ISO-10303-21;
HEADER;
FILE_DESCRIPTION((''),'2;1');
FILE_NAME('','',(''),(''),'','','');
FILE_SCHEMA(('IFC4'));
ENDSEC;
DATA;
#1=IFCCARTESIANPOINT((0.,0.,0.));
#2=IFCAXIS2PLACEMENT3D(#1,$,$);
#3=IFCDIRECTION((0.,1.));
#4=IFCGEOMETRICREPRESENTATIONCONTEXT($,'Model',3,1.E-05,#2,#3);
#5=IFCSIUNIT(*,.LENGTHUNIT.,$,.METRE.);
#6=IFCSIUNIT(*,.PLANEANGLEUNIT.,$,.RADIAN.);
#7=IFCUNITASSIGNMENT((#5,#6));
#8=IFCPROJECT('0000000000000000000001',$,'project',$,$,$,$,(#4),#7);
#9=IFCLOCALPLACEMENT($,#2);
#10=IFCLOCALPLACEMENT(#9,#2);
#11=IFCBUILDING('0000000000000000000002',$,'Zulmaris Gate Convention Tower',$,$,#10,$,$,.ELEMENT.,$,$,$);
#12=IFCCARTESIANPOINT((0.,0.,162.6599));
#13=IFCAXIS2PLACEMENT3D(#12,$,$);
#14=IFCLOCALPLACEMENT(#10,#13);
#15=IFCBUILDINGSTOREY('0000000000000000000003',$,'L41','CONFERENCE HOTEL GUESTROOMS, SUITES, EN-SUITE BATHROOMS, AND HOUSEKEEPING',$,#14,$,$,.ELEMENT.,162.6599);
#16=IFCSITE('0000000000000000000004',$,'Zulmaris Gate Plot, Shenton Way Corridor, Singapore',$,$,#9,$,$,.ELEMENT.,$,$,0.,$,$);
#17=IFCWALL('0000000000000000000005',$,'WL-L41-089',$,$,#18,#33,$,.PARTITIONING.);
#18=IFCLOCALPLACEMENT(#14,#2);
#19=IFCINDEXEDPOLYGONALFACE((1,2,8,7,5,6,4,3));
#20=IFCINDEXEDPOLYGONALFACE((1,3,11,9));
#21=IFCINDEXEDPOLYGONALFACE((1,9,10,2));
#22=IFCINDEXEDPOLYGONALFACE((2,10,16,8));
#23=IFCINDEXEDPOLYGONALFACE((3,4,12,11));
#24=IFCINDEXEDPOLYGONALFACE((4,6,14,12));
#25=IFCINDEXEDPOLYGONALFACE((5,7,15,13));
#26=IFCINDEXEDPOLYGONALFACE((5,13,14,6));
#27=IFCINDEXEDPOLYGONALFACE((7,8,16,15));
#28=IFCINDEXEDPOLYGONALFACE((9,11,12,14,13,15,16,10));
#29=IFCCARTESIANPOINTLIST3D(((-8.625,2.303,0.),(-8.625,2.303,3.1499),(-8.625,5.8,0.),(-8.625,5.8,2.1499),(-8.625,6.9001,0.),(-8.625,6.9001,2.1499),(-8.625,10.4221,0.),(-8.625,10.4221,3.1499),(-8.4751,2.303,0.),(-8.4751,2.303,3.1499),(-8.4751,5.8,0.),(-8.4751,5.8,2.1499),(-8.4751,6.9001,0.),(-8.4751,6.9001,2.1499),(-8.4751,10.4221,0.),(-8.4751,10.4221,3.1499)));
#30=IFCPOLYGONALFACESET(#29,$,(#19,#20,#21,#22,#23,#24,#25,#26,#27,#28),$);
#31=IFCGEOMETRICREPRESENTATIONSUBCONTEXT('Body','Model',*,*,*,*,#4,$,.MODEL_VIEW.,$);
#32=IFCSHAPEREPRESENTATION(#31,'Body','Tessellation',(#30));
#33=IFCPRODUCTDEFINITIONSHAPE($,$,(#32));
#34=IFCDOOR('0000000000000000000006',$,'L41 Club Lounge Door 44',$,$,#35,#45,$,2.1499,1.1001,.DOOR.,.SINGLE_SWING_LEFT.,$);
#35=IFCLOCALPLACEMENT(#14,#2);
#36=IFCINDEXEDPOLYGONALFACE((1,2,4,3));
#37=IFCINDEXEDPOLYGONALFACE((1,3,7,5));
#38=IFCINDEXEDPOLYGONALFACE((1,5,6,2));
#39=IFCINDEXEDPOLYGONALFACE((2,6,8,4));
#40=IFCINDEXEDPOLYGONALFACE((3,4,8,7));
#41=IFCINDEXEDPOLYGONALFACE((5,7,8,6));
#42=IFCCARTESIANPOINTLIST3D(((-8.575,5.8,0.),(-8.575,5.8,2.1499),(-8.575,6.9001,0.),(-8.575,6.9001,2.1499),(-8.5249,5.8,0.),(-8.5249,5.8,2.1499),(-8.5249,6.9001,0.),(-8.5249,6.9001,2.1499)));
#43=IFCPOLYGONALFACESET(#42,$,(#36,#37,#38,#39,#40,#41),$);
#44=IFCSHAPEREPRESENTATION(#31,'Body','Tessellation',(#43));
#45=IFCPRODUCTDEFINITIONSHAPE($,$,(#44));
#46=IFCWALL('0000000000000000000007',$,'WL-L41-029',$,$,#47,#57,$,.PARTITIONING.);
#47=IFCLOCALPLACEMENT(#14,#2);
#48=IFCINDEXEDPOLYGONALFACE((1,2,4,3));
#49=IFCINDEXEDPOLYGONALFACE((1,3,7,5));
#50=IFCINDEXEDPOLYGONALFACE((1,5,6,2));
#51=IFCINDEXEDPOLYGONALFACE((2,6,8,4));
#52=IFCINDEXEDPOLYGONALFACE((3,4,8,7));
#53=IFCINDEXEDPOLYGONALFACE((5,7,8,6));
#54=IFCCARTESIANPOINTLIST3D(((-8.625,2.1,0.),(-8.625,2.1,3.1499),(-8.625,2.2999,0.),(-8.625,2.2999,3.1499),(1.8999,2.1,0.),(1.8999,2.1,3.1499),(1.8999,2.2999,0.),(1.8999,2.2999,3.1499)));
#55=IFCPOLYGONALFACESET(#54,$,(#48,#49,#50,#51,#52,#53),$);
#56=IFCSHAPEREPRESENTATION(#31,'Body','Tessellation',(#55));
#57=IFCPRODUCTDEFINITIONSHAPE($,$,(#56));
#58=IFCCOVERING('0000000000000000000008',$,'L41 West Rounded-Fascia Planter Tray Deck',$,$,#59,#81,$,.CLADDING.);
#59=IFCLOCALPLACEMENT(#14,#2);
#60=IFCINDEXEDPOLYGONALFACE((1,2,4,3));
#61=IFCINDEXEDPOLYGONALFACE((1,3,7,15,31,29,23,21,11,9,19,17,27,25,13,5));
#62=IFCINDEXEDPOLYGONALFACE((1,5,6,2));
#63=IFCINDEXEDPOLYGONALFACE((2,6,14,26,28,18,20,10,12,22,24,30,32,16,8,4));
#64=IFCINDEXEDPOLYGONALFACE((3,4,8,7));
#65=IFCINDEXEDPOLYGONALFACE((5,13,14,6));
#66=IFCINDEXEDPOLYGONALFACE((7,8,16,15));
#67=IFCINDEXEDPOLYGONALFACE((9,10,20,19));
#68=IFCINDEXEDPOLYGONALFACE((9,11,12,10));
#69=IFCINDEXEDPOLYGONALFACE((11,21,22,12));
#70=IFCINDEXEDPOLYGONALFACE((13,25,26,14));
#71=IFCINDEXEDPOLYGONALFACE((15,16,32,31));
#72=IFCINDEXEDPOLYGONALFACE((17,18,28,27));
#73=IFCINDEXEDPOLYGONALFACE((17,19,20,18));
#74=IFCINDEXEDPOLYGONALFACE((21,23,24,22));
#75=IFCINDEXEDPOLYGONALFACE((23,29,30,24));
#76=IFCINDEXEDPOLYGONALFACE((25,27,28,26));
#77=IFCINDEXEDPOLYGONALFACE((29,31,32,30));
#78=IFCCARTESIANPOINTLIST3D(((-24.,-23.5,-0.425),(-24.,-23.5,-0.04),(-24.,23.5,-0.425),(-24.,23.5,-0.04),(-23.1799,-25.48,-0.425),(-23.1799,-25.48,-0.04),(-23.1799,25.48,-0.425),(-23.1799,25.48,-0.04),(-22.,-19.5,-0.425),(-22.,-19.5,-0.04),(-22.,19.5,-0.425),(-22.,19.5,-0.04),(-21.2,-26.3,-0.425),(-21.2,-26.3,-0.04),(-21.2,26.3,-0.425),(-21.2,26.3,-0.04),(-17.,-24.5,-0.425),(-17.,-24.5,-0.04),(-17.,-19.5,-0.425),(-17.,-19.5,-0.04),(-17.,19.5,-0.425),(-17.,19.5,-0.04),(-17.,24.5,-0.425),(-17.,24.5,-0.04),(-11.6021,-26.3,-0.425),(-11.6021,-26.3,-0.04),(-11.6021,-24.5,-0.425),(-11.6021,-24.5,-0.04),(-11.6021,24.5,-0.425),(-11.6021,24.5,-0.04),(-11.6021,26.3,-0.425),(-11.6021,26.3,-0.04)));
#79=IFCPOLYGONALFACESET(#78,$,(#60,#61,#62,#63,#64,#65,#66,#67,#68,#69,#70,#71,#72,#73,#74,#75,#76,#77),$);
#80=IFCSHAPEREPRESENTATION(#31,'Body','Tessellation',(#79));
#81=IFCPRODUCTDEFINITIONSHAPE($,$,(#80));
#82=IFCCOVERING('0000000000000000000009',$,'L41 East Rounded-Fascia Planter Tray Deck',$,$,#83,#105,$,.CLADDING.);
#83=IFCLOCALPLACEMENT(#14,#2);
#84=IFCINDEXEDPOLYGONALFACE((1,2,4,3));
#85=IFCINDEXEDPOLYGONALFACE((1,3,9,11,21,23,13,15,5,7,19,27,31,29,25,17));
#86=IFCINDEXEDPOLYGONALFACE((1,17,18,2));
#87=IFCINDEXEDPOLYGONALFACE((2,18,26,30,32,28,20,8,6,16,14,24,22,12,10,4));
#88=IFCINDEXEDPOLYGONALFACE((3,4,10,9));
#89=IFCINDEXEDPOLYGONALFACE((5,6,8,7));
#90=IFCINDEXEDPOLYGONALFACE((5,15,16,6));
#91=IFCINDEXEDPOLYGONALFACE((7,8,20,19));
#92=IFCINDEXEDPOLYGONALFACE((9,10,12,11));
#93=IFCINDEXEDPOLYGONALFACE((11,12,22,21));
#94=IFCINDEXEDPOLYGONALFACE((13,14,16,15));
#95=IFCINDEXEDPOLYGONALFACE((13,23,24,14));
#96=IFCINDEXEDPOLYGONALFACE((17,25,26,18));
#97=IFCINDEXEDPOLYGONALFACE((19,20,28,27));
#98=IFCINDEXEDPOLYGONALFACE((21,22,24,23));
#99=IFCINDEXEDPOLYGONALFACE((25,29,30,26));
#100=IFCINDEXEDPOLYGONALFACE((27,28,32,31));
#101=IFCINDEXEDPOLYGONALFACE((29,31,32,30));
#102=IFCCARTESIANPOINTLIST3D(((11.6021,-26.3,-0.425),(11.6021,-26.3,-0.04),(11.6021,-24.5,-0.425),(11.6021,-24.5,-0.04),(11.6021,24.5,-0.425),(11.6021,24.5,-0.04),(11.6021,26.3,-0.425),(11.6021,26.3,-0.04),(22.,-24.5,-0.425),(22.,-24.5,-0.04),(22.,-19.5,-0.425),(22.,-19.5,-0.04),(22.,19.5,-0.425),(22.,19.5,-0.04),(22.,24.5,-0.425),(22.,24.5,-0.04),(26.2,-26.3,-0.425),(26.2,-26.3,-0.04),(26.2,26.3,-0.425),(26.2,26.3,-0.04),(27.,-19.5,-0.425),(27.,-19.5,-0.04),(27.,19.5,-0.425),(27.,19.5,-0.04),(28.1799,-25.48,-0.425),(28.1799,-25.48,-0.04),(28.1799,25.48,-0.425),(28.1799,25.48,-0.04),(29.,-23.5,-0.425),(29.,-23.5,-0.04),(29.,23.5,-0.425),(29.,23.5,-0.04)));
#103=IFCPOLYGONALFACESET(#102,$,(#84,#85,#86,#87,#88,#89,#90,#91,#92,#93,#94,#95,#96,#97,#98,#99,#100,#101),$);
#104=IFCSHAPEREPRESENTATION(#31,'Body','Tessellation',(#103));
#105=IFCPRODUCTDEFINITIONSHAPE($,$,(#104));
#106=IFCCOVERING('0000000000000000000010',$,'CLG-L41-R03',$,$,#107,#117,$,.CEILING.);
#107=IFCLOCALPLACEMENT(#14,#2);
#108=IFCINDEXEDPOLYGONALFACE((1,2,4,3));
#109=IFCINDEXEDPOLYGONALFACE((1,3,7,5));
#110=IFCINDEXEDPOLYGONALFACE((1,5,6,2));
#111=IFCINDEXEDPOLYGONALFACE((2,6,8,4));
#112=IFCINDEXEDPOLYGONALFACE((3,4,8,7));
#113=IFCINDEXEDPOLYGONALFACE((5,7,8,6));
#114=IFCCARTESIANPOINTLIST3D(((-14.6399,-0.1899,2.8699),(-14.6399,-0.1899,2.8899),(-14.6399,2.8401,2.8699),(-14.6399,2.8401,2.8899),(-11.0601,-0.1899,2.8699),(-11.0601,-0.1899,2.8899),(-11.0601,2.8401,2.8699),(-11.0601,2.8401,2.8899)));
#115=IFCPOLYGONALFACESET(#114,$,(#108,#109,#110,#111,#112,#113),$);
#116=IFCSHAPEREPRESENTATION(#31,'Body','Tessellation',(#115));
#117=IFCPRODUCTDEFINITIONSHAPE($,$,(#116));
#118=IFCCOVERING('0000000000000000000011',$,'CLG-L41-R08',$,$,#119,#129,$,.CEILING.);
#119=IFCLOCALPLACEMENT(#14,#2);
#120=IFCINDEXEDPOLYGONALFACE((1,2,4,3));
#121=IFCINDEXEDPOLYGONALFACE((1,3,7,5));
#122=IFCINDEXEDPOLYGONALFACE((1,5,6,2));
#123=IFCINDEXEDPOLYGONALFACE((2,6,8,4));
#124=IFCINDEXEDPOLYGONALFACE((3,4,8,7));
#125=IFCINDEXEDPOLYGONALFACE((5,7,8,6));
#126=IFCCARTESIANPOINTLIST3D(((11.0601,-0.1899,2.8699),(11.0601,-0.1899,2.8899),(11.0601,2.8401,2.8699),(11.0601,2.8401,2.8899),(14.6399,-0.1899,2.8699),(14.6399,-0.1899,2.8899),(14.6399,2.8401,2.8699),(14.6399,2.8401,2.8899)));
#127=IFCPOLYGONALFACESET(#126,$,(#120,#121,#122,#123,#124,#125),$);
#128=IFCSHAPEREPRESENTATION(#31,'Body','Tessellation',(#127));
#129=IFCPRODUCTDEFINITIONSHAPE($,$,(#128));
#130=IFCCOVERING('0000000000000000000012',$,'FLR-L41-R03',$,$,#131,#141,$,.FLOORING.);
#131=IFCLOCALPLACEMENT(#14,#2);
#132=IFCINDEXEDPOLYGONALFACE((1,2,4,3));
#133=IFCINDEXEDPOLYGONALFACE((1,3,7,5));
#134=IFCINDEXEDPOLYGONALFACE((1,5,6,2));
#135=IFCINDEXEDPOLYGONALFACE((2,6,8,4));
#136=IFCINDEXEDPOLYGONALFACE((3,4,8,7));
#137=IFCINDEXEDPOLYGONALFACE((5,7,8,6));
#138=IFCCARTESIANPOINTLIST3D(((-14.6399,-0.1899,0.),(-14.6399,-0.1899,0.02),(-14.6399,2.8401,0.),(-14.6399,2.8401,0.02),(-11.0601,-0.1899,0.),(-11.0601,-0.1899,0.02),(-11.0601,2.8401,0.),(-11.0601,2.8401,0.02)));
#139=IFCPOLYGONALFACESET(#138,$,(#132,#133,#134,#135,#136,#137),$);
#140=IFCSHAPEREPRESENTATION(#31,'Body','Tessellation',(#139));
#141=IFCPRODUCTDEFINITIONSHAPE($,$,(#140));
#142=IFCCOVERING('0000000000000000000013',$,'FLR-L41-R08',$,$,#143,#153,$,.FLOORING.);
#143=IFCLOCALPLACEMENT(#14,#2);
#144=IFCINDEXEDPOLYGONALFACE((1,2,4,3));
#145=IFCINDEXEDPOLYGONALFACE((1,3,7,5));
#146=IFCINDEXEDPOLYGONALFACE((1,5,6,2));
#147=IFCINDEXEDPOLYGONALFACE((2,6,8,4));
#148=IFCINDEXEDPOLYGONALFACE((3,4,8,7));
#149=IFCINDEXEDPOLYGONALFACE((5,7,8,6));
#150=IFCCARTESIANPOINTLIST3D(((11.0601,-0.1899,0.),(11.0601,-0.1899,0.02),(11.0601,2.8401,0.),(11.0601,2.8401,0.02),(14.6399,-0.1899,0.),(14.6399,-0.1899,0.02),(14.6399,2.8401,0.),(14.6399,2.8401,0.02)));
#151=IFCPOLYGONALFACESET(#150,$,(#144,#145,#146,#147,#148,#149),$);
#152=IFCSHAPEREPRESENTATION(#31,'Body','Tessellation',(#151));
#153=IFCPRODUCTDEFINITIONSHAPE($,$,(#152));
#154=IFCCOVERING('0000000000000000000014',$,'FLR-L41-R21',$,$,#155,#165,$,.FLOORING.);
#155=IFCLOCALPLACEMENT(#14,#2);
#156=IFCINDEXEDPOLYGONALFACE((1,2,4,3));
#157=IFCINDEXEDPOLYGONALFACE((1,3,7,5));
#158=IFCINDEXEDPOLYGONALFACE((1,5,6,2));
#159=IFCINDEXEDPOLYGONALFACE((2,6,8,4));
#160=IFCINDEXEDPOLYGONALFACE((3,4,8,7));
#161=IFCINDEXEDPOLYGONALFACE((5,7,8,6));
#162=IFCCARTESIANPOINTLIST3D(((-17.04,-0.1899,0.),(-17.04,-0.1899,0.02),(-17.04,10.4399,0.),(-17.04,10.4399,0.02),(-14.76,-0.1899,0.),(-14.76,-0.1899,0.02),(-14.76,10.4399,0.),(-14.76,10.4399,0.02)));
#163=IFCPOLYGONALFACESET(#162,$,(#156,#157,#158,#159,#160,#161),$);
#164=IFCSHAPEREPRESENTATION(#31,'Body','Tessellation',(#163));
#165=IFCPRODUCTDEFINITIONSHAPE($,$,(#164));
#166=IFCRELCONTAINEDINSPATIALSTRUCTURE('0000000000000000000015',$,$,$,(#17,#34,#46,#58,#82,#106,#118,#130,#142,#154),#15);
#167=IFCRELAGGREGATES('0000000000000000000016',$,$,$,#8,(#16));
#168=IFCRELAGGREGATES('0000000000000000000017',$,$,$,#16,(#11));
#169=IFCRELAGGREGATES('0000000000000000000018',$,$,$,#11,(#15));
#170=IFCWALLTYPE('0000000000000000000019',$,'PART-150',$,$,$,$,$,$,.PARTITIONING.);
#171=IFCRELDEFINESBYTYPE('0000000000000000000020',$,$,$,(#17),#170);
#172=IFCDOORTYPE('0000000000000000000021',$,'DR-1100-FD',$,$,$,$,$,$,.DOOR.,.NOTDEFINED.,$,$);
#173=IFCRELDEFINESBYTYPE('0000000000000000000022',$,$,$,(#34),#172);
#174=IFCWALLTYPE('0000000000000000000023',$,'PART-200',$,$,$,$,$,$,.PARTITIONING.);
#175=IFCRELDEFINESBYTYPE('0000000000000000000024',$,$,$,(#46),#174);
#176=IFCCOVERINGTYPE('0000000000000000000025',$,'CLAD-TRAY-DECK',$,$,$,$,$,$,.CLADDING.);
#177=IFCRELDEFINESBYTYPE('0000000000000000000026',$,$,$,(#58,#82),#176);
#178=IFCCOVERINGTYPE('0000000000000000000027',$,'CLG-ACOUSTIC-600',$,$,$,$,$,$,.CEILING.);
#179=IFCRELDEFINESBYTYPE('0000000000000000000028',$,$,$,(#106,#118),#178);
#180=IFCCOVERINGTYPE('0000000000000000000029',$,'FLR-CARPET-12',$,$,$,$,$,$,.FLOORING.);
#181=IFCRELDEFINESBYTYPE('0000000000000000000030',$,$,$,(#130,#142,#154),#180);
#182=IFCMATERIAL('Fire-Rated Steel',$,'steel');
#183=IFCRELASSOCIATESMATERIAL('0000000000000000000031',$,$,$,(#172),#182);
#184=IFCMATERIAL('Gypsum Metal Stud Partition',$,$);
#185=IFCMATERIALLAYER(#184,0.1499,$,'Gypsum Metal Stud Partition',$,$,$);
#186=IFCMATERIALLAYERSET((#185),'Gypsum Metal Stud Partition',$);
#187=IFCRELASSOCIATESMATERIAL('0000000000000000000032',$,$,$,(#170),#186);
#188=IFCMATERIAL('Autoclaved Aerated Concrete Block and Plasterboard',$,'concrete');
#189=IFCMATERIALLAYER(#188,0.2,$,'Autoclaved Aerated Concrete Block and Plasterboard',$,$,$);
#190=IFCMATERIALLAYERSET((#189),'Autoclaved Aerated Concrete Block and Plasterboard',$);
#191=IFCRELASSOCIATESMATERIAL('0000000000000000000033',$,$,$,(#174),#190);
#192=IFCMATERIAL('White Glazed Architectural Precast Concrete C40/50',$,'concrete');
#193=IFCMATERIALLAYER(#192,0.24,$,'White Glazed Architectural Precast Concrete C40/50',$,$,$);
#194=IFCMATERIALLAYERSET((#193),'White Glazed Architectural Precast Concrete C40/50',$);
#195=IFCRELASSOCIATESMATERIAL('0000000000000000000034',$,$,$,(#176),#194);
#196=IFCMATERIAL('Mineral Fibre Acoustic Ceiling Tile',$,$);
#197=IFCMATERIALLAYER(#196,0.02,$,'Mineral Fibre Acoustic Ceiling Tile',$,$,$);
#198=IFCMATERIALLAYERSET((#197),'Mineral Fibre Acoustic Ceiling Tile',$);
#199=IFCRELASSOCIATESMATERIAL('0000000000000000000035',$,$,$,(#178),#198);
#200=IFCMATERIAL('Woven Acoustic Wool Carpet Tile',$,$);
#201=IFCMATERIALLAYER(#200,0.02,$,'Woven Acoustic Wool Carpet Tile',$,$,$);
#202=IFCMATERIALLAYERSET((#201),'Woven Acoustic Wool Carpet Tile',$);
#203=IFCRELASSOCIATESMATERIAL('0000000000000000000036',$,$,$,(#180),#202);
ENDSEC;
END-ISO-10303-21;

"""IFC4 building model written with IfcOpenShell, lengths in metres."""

from ifc_helpers import new_model, si_unit, direction, frame, frame_2d, origin, place, context, subcontext, project, spatial, polyline, rectangle, outline, extrude, material, layer, layer_set, type_object, element, fill, save


model = new_model("IFC4")

# Units and contexts
model_context = context("Model", 3, precision=1e-05, world=origin(), true_north=direction((0.0, 1.0)))
body_context = subcontext(model_context, "Body", "Model", "MODEL_VIEW")
ifc_project = project(units=[si_unit("LENGTHUNIT", "METRE"), si_unit("PLANEANGLEUNIT", "RADIAN")], contexts=[model_context])

# Site, building, storey
site_placement = place(None, origin())
site = spatial("IfcSite", under=ifc_project, at=site_placement, Name="Zulmaris Gate Plot, Shenton Way Corridor, Singapore", CompositionType="ELEMENT", RefElevation=0.0)
building_placement = place(site_placement, origin())
building = spatial("IfcBuilding", under=site, at=building_placement, Name="Zulmaris Gate Convention Tower", CompositionType="ELEMENT")
storey_placement = place(building_placement, frame((0.0, 0.0, 162.6599)))
storey = spatial("IfcBuildingStorey", under=building, at=storey_placement, Name="L41", Description="CONFERENCE HOTEL GUESTROOMS, SUITES, EN-SUITE BATHROOMS, AND HOUSEKEEPING", CompositionType="ELEMENT", Elevation=162.6599)

# Shared definitions
ifc_material_1 = material(Name="Fire-Rated Steel", Category="steel")
door_type_1 = type_object("IfcDoorType", Name="DR-1100-FD", OperationType="NOTDEFINED", PredefinedType="DOOR", material=ifc_material_1)

# Shared definitions
ifc_material_2 = material(Name="Gypsum Metal Stud Partition")
ifc_layer_1 = layer(ifc_material_2, 0.1499, Name="Gypsum Metal Stud Partition")
ifc_layer_set_1 = layer_set([ifc_layer_1], Name="Gypsum Metal Stud Partition")
wall_type_1 = type_object("IfcWallType", Name="PART-150", PredefinedType="PARTITIONING", material=ifc_layer_set_1)

# Wall, opening, door
wall_1_placement = place(storey_placement, frame((-8.55, 2.303, 0.0), z_axis=(0.0, 0.0, 1.0), x_axis=(0.0, 1.0, 0.0)))
wall_1 = element("IfcWall", 1, at=wall_1_placement, inside=storey, type_object=wall_type_1, Name="WL-L41-089", PredefinedType="PARTITIONING", context=body_context, shape_type="SweptSolid", body=[
    extrude(rectangle(XDim=8.1191, YDim=0.1499, at=frame_2d((4.0596, 0.0))), origin(), (0.0, 0.0, 1.0), 3.1499),
])
opening_1_placement = place(wall_1_placement, frame((3.4971, 0.0, 0.0)))
opening_1 = element("IfcOpeningElement", 2, at=opening_1_placement, cuts=wall_1, PredefinedType="OPENING", context=body_context, shape_type="SweptSolid", body=[
    extrude(rectangle(XDim=1.1001, YDim=2.1499, at=frame_2d((0.55, 1.075))), frame((0.0, 0.085, 0.0), z_axis=(0.0, -1.0, 0.0), x_axis=(1.0, 0.0, 0.0)), (0.0, 0.0, 1.0), 0.1699),
])
door_1_placement = place(opening_1_placement, origin())
door_1 = element("IfcDoor", 3, at=door_1_placement, inside=storey, type_object=door_type_1, Name="L41 Club Lounge Door 44", OperationType="SINGLE_SWING_LEFT", OverallHeight=2.1499, OverallWidth=1.1001, PredefinedType="DOOR", context=body_context, shape_type="SweptSolid", body=[
    extrude(rectangle(XDim=1.1001, YDim=2.1499, at=frame_2d((0.55, 1.075))), frame((0.0, 0.0249, 0.0), z_axis=(0.0, -1.0, 0.0), x_axis=(1.0, 0.0, 0.0)), (0.0, 0.0, 1.0), 0.05),
])
fill(opening_1, door_1)

# Wall
ifc_material_3 = material(Name="Autoclaved Aerated Concrete Block and Plasterboard", Category="concrete")
ifc_layer_2 = layer(ifc_material_3, 0.2, Name="Autoclaved Aerated Concrete Block and Plasterboard")
ifc_layer_set_2 = layer_set([ifc_layer_2], Name="Autoclaved Aerated Concrete Block and Plasterboard")
wall_type_2 = type_object("IfcWallType", Name="PART-200", PredefinedType="PARTITIONING", material=ifc_layer_set_2)
wall_2_placement = place(storey_placement, frame((-8.625, 2.2, 0.0), z_axis=(0.0, 0.0, 1.0), x_axis=(1.0, 0.0, 0.0)))
element("IfcWall", 4, at=wall_2_placement, inside=storey, type_object=wall_type_2, Name="WL-L41-029", PredefinedType="PARTITIONING", context=body_context, shape_type="SweptSolid", body=[
    extrude(rectangle(XDim=10.5249, YDim=0.2, at=frame_2d((5.2625, 0.0))), origin(), (0.0, 0.0, 1.0), 3.1499),
])

# Coverings
ifc_material_4 = material(Name="White Glazed Architectural Precast Concrete C40/50", Category="concrete")
ifc_layer_3 = layer(ifc_material_4, 0.24, Name="White Glazed Architectural Precast Concrete C40/50")
ifc_layer_set_3 = layer_set([ifc_layer_3], Name="White Glazed Architectural Precast Concrete C40/50")
covering_type_1 = type_object("IfcCoveringType", Name="CLAD-TRAY-DECK", PredefinedType="CLADDING", material=ifc_layer_set_3)
covering_1_placement = place(storey_placement, frame((0.0, 0.0, -0.425)))
element("IfcCovering", 5, at=covering_1_placement, inside=storey, type_object=covering_type_1, Name="L41 West Rounded-Fascia Planter Tray Deck", PredefinedType="CLADDING", context=body_context, shape_type="SweptSolid", body=[
    extrude(outline(polyline([(-24.0, 23.5), (-23.1799, 25.48), (-21.2, 26.3), (-11.6021, 26.3), (-11.6021, 24.5), (-17.0, 24.5), (-17.0, 19.5), (-22.0, 19.5), (-22.0, -19.5), (-17.0, -19.5), (-17.0, -24.5), (-11.6021, -24.5), (-11.6021, -26.3), (-21.2, -26.3), (-23.1799, -25.48), (-24.0, -23.5), (-24.0, 23.5)])), origin(), (0.0, 0.0, 1.0), 0.385),
])
covering_2_placement = place(storey_placement, frame((0.0, 0.0, -0.425)))
element("IfcCovering", 6, at=covering_2_placement, inside=storey, type_object=covering_type_1, Name="L41 East Rounded-Fascia Planter Tray Deck", PredefinedType="CLADDING", context=body_context, shape_type="SweptSolid", body=[
    extrude(outline(polyline([(26.2, 26.3), (28.1799, 25.48), (29.0, 23.5), (29.0, -23.5), (28.1799, -25.48), (26.2, -26.3), (11.6021, -26.3), (11.6021, -24.5), (22.0, -24.5), (22.0, -19.5), (27.0, -19.5), (27.0, 19.5), (22.0, 19.5), (22.0, 24.5), (11.6021, 24.5), (11.6021, 26.3), (26.2, 26.3)])), origin(), (0.0, 0.0, 1.0), 0.385),
])
ifc_material_5 = material(Name="Mineral Fibre Acoustic Ceiling Tile")
ifc_layer_4 = layer(ifc_material_5, 0.02, Name="Mineral Fibre Acoustic Ceiling Tile")
ifc_layer_set_4 = layer_set([ifc_layer_4], Name="Mineral Fibre Acoustic Ceiling Tile")
covering_type_2 = type_object("IfcCoveringType", Name="CLG-ACOUSTIC-600", PredefinedType="CEILING", material=ifc_layer_set_4)
covering_3_placement = place(storey_placement, frame((0.0, 0.0, 2.8699)))
element("IfcCovering", 7, at=covering_3_placement, inside=storey, type_object=covering_type_2, Name="CLG-L41-R03", PredefinedType="CEILING", context=body_context, shape_type="SweptSolid", body=[
    extrude(outline(polyline([(-14.6399, -0.1899), (-11.0601, -0.1899), (-11.0601, 2.8401), (-14.6399, 2.8401), (-14.6399, -0.1899)])), origin(), (0.0, 0.0, 1.0), 0.02),
])
covering_4_placement = place(storey_placement, frame((0.0, 0.0, 2.8699)))
element("IfcCovering", 8, at=covering_4_placement, inside=storey, type_object=covering_type_2, Name="CLG-L41-R08", PredefinedType="CEILING", context=body_context, shape_type="SweptSolid", body=[
    extrude(outline(polyline([(11.0601, -0.1899), (14.6399, -0.1899), (14.6399, 2.8401), (11.0601, 2.8401), (11.0601, -0.1899)])), origin(), (0.0, 0.0, 1.0), 0.02),
])
ifc_material_6 = material(Name="Woven Acoustic Wool Carpet Tile")
ifc_layer_5 = layer(ifc_material_6, 0.02, Name="Woven Acoustic Wool Carpet Tile")
ifc_layer_set_5 = layer_set([ifc_layer_5], Name="Woven Acoustic Wool Carpet Tile")
covering_type_3 = type_object("IfcCoveringType", Name="FLR-CARPET-12", PredefinedType="FLOORING", material=ifc_layer_set_5)
covering_5_placement = place(storey_placement, origin())
element("IfcCovering", 9, at=covering_5_placement, inside=storey, type_object=covering_type_3, Name="FLR-L41-R03", PredefinedType="FLOORING", context=body_context, shape_type="SweptSolid", body=[
    extrude(outline(polyline([(-14.6399, -0.1899), (-11.0601, -0.1899), (-11.0601, 2.8401), (-14.6399, 2.8401), (-14.6399, -0.1899)])), origin(), (0.0, 0.0, 1.0), 0.02),
])
covering_6_placement = place(storey_placement, origin())
element("IfcCovering", 10, at=covering_6_placement, inside=storey, type_object=covering_type_3, Name="FLR-L41-R08", PredefinedType="FLOORING", context=body_context, shape_type="SweptSolid", body=[
    extrude(outline(polyline([(11.0601, -0.1899), (14.6399, -0.1899), (14.6399, 2.8401), (11.0601, 2.8401), (11.0601, -0.1899)])), origin(), (0.0, 0.0, 1.0), 0.02),
])
covering_7_placement = place(storey_placement, origin())
element("IfcCovering", 11, at=covering_7_placement, inside=storey, type_object=covering_type_3, Name="FLR-L41-R21", PredefinedType="FLOORING", context=body_context, shape_type="SweptSolid", body=[
    extrude(outline(polyline([(-17.04, -0.1899), (-14.76, -0.1899), (-14.76, 10.4399), (-17.04, 10.4399), (-17.04, -0.1899)])), origin(), (0.0, 0.0, 1.0), 0.02),
])

save(model, "model.ifc")
